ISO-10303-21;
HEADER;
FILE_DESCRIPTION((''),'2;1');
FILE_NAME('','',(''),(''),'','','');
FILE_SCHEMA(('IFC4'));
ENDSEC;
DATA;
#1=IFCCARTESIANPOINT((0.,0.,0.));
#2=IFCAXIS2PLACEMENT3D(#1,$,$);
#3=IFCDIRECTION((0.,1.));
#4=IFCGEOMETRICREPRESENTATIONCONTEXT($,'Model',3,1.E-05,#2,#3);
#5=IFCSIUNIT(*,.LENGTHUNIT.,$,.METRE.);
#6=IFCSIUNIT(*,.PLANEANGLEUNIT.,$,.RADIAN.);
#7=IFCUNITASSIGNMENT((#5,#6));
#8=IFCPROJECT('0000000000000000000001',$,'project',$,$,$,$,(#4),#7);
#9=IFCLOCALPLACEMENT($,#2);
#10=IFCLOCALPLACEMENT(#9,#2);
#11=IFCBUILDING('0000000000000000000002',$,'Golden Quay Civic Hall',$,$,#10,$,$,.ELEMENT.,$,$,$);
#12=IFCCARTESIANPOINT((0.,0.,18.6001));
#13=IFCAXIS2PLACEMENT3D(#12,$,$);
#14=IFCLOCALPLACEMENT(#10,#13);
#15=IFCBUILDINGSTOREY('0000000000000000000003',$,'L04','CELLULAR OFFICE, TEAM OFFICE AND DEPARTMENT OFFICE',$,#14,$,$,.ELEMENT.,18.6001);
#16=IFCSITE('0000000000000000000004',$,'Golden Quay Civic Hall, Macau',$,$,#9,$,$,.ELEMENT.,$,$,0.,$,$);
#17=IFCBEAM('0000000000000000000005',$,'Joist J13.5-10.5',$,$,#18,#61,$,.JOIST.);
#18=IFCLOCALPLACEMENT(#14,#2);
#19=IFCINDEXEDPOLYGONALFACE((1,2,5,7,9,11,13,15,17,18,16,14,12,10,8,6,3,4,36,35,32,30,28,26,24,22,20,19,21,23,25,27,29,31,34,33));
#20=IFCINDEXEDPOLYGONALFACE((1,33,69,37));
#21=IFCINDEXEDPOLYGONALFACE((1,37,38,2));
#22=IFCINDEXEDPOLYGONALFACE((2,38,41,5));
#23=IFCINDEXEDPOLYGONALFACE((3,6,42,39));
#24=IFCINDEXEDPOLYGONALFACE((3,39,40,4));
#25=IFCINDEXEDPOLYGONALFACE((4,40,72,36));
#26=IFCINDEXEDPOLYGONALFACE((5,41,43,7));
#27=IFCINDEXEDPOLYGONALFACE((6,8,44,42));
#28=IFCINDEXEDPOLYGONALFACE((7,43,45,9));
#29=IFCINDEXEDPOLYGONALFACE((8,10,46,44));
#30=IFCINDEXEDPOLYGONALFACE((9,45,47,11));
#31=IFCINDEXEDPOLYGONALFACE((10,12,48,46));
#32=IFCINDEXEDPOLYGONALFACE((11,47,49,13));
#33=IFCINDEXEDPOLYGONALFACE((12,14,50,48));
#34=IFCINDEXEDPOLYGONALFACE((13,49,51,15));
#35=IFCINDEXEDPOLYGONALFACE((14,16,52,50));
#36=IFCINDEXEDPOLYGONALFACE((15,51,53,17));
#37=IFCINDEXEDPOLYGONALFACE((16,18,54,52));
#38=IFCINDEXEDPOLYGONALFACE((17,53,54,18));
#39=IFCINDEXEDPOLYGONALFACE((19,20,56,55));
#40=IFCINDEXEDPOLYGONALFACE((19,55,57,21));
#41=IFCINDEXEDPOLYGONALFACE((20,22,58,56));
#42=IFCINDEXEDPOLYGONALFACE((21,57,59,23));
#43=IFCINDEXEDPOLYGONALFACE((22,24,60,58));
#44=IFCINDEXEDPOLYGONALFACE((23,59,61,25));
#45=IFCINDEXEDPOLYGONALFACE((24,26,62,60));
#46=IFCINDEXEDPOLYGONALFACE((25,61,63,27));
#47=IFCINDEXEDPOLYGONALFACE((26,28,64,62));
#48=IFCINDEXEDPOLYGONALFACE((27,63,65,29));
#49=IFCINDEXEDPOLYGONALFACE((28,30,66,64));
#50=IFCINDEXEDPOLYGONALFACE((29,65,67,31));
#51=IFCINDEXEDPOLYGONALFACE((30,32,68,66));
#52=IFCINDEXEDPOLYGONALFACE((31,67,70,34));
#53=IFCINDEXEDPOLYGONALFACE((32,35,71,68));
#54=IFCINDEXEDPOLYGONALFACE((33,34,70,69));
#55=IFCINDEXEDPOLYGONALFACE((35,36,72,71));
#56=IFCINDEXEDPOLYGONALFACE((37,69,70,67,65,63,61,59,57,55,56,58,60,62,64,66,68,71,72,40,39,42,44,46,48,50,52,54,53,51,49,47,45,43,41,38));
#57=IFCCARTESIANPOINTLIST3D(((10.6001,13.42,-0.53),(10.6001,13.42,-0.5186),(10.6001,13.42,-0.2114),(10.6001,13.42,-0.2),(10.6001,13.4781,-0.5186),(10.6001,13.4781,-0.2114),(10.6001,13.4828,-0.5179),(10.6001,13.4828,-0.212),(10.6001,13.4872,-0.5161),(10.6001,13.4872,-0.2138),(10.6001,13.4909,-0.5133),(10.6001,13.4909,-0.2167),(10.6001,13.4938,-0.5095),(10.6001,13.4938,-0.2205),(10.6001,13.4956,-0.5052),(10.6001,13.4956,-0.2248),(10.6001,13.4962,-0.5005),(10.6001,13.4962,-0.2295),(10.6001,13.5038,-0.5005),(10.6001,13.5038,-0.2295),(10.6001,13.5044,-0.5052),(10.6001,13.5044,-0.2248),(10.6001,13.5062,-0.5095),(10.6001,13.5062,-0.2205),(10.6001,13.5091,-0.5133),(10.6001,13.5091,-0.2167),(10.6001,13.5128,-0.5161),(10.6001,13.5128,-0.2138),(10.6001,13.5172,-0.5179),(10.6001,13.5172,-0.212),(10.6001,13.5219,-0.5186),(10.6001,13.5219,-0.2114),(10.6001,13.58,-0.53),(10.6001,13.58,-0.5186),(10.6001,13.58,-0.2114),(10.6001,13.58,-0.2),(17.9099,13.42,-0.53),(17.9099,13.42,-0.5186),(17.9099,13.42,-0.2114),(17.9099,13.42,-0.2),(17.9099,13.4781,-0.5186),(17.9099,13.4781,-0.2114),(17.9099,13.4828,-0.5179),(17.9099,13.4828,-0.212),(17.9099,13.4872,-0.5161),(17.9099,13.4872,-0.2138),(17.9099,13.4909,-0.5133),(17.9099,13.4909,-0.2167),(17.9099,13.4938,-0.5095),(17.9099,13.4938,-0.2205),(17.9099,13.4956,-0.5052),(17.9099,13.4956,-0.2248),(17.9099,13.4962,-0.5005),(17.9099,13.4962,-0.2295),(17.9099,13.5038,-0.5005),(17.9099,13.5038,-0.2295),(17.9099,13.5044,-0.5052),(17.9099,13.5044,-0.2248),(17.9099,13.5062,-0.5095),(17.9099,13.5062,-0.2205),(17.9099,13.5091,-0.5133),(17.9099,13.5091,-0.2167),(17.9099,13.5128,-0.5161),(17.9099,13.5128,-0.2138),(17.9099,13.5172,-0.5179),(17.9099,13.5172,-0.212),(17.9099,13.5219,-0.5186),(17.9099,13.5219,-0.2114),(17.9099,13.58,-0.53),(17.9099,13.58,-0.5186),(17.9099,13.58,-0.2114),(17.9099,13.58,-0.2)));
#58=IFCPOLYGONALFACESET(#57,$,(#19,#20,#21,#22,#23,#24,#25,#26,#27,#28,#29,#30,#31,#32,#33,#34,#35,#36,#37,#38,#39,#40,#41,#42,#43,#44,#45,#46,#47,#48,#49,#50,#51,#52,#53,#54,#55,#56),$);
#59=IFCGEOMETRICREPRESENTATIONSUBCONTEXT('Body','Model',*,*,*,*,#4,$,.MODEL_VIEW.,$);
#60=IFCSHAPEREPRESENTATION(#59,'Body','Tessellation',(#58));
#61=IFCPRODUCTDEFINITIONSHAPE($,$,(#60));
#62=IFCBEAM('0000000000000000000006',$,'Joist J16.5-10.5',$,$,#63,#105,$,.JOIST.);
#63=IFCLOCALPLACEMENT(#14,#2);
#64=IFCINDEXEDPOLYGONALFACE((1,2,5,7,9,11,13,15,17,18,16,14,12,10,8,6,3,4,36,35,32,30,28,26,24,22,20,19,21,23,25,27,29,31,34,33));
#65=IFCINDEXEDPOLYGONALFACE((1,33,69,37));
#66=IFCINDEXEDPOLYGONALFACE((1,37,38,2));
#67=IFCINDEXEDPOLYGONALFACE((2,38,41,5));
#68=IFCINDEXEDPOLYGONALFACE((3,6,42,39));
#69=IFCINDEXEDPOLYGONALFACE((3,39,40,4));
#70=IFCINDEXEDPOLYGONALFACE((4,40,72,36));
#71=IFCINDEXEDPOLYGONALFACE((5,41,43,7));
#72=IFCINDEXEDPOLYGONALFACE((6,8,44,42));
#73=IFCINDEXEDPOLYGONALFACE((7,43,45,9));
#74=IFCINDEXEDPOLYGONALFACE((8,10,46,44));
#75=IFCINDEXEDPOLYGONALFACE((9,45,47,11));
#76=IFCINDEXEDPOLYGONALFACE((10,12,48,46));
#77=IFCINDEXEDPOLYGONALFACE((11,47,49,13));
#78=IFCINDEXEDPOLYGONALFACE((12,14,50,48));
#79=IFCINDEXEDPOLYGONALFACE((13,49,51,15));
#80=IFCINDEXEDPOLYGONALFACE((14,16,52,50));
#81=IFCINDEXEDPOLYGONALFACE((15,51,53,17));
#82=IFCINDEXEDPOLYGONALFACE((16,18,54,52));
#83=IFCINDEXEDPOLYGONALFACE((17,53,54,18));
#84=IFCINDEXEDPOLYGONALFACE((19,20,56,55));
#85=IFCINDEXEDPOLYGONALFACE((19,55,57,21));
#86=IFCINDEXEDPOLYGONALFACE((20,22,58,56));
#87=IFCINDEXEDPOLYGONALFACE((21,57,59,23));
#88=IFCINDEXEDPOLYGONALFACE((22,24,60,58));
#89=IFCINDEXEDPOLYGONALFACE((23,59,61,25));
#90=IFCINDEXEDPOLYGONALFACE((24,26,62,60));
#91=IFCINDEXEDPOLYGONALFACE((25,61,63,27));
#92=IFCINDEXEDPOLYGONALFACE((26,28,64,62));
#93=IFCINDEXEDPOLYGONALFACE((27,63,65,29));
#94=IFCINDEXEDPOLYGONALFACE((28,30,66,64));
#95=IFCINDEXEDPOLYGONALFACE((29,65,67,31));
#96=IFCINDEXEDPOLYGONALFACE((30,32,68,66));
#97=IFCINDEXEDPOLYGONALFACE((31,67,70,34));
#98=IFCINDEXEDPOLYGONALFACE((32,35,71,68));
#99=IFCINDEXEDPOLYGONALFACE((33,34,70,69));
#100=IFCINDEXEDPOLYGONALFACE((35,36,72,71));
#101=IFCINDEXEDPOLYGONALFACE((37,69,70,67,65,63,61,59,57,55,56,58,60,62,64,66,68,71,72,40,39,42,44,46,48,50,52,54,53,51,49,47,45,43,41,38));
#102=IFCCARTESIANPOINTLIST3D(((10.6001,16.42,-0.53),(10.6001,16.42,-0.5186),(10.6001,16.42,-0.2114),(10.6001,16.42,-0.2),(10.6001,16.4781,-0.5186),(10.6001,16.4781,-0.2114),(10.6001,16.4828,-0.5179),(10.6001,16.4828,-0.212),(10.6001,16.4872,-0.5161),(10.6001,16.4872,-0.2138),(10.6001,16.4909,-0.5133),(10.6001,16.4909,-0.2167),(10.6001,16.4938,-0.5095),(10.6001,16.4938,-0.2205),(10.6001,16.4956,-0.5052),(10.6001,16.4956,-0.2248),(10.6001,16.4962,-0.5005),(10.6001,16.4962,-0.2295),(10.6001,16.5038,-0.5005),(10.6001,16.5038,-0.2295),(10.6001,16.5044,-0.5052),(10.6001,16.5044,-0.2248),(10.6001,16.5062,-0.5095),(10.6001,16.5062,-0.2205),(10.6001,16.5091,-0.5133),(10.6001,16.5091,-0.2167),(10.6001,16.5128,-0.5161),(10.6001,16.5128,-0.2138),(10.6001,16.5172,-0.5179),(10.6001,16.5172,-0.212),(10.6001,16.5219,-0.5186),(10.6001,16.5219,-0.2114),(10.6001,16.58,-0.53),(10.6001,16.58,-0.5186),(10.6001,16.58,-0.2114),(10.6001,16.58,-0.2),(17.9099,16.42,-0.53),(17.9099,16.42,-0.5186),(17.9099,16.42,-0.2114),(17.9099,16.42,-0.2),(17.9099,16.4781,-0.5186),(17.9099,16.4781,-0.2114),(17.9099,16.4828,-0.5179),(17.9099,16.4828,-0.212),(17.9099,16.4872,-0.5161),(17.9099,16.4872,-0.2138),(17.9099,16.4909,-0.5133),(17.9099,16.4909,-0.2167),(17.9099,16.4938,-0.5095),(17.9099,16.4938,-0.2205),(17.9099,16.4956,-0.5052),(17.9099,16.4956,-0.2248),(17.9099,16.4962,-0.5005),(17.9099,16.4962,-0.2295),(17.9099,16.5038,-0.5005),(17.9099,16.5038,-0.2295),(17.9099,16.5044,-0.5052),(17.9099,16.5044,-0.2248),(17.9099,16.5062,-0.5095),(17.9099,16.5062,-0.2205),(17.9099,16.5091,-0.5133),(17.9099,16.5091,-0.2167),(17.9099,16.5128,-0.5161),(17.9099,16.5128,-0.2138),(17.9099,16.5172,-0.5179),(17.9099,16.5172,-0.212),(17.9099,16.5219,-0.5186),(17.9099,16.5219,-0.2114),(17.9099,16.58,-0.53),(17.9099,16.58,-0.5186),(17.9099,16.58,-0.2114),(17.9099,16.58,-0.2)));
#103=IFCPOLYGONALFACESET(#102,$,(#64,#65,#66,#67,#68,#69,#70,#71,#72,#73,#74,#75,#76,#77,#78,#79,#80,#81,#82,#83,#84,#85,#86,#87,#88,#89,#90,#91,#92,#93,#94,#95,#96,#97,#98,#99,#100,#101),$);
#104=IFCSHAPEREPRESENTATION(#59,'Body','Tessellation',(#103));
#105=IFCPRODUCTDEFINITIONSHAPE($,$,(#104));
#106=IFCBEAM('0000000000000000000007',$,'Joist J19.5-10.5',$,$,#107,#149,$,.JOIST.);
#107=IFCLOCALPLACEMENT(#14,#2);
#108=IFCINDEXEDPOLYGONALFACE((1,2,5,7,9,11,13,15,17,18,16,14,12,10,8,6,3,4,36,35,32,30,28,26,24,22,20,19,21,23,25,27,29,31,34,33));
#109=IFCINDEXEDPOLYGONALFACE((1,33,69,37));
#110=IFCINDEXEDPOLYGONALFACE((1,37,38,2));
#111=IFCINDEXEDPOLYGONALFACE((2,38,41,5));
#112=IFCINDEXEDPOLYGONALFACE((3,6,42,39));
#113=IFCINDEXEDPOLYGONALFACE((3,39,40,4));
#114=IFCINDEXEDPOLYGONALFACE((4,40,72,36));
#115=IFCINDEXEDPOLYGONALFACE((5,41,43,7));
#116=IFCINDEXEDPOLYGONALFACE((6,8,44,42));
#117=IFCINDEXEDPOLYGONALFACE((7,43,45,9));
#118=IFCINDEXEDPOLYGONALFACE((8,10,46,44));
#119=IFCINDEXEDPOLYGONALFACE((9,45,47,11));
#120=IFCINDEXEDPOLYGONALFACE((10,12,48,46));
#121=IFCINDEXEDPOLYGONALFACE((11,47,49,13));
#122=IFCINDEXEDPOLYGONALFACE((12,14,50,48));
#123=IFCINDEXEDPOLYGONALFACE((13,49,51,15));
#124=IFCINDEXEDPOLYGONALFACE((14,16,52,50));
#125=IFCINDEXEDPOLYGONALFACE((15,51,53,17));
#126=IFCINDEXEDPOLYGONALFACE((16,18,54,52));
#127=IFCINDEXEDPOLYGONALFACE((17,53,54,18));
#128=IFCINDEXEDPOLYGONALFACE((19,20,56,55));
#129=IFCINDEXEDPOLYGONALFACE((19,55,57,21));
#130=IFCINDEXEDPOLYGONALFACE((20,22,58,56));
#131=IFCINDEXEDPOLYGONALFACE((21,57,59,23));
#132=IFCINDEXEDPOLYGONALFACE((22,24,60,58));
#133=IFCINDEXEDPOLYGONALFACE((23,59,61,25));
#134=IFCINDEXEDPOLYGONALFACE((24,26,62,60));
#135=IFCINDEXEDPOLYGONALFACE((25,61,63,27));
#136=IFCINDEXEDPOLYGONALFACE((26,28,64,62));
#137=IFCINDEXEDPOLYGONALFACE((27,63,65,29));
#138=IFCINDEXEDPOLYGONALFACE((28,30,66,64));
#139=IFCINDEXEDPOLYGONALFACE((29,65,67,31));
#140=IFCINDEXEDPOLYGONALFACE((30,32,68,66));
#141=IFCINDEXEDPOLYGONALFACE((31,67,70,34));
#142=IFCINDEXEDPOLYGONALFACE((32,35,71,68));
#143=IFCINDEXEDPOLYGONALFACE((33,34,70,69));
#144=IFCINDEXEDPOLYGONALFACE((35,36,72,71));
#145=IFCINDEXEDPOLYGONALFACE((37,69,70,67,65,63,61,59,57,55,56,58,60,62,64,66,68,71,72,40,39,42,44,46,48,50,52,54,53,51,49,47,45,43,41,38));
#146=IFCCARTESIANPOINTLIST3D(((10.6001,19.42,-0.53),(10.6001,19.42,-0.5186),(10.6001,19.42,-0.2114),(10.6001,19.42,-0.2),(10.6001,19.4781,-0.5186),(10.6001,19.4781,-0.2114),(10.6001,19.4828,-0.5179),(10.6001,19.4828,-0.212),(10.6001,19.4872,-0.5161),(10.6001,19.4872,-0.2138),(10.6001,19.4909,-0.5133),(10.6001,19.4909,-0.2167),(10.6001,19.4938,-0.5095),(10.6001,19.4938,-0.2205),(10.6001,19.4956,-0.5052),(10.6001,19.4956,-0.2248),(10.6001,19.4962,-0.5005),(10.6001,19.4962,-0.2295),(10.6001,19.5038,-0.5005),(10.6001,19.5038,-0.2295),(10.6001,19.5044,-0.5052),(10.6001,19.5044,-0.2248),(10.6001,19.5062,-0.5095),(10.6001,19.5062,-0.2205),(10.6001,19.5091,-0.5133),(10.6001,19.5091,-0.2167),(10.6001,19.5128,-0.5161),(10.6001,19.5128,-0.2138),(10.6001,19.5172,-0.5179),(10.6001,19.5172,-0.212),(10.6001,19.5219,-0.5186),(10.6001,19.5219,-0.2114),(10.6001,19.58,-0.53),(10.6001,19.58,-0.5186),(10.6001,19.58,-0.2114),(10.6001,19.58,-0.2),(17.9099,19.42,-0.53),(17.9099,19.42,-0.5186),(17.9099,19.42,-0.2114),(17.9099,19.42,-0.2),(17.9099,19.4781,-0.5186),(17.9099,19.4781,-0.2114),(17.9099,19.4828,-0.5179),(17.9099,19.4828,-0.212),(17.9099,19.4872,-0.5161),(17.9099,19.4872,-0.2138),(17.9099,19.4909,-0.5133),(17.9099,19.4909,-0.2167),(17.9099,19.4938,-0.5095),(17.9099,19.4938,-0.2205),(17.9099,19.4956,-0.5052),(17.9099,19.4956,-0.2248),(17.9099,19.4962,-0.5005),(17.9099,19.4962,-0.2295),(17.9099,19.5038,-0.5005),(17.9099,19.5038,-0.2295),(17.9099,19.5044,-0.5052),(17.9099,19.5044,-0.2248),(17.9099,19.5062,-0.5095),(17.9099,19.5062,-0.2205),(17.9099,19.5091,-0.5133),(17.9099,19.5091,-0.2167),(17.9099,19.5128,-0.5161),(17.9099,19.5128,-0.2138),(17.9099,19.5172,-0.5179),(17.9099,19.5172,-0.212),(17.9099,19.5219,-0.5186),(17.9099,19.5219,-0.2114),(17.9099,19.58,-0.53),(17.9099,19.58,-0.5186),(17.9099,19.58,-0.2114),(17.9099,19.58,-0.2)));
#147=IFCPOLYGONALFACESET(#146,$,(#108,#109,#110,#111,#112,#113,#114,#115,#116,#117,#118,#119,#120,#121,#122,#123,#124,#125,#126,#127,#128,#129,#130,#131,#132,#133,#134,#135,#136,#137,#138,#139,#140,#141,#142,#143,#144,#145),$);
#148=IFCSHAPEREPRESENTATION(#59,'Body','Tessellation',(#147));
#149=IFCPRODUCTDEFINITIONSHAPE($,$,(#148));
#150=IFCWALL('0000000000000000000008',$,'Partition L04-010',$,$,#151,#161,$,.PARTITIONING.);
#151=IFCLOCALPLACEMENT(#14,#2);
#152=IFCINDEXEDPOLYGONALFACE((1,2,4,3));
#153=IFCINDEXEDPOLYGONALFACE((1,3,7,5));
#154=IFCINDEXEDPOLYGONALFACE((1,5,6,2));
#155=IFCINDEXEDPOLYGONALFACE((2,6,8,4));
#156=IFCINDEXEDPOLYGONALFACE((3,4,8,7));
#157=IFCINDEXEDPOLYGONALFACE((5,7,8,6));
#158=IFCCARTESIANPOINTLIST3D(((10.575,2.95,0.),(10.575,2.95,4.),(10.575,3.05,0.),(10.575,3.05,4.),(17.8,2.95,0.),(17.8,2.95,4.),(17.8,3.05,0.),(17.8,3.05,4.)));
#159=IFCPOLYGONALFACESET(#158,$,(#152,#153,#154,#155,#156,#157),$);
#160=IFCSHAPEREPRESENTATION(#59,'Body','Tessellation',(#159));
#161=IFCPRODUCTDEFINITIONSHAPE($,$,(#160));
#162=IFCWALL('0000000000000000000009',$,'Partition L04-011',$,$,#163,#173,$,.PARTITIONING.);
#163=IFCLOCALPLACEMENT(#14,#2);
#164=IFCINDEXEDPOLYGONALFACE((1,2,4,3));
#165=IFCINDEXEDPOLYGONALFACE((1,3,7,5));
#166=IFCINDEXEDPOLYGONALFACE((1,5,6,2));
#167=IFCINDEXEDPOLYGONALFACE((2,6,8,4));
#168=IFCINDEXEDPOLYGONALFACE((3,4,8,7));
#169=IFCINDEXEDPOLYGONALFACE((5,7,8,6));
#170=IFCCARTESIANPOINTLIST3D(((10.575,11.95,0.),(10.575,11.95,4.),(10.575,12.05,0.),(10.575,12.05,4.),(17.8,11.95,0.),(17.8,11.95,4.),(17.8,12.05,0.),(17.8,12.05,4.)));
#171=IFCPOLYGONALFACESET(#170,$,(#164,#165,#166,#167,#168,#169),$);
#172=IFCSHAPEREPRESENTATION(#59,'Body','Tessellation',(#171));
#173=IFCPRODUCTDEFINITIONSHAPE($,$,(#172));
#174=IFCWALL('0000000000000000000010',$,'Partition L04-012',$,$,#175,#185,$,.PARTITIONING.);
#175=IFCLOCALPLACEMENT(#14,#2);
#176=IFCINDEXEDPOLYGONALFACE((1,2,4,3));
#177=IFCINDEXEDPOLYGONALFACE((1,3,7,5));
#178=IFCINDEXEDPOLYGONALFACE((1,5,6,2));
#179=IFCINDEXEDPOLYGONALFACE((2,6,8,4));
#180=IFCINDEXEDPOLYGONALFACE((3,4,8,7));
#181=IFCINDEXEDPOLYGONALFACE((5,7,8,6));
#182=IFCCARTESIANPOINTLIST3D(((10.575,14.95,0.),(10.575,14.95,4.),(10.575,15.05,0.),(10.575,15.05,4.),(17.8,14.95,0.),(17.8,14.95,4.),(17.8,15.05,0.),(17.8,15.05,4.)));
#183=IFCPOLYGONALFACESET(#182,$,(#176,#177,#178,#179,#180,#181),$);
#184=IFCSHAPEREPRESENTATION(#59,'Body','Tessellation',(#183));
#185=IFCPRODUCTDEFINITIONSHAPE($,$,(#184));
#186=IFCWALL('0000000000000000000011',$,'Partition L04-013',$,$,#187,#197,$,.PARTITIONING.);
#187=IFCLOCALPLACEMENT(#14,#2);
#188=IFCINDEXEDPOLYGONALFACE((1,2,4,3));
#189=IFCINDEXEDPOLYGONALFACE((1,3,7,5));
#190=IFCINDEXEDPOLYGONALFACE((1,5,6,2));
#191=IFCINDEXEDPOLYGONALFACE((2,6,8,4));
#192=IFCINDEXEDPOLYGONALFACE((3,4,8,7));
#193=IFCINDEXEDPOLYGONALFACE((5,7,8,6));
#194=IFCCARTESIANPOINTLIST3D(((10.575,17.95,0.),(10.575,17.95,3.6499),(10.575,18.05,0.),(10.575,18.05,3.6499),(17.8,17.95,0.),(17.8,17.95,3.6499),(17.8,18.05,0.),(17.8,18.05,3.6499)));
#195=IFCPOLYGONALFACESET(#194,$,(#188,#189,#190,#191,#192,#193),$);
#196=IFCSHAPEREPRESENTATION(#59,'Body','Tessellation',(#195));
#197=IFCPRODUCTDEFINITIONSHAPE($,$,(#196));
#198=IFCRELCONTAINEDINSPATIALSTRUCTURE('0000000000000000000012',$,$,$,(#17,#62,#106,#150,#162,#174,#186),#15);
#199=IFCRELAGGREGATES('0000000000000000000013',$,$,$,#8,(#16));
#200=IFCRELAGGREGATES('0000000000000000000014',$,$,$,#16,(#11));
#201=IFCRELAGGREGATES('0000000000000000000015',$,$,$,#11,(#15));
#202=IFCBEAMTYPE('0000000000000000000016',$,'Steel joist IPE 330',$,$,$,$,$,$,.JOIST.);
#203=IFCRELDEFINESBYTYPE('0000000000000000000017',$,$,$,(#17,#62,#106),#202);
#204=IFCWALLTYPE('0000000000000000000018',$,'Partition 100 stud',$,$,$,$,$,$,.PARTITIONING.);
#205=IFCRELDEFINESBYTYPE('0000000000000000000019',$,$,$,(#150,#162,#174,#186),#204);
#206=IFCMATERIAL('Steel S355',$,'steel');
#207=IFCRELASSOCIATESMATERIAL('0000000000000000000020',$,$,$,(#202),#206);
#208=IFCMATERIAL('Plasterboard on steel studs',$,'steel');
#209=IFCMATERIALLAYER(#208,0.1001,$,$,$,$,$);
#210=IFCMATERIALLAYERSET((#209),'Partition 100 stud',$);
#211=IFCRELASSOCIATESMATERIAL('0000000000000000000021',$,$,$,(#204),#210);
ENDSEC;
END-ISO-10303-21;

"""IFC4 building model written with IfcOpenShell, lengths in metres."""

from ifc_helpers import new_model, si_unit, direction, frame, frame_2d, origin, origin_2d, place, context, subcontext, project, spatial, rectangle, i_section, extrude, material, layer, layer_set, material_profile, profile_set, type_object, element, save


model = new_model("IFC4")

# Units and contexts
model_context = context("Model", 3, precision=1e-05, world=origin(), true_north=direction((0.0, 1.0)))
body_context = subcontext(model_context, "Body", "Model", "MODEL_VIEW")
ifc_project = project(units=[si_unit("LENGTHUNIT", "METRE"), si_unit("PLANEANGLEUNIT", "RADIAN")], contexts=[model_context])

# Site, building, storey
site_placement = place(None, origin())
site = spatial("IfcSite", under=ifc_project, at=site_placement, Name="Golden Quay Civic Hall, Macau", CompositionType="ELEMENT", RefElevation=0.0)
building_placement = place(site_placement, origin())
building = spatial("IfcBuilding", under=site, at=building_placement, Name="Golden Quay Civic Hall", CompositionType="ELEMENT")
storey_placement = place(building_placement, frame((0.0, 0.0, 18.6001)))
storey = spatial("IfcBuildingStorey", under=building, at=storey_placement, Name="L04", Description="CELLULAR OFFICE, TEAM OFFICE AND DEPARTMENT OFFICE", CompositionType="ELEMENT", Elevation=18.6001)

# Beams
ifc_material_1 = material(Name="Steel S355", Category="steel")
ifc_material_profile_1 = material_profile(ifc_material_1, i_section(OverallWidth=0.1599, OverallDepth=0.3301, WebThickness=0.0076, FlangeThickness=0.0115, FilletRadius=0.0181, at=origin_2d()), Name="IPE 330")
ifc_profile_set_1 = profile_set([ifc_material_profile_1], Name="Steel S355")
beam_type_1 = type_object("IfcBeamType", Name="Steel joist IPE 330", PredefinedType="JOIST", material=ifc_profile_set_1)
for number, where, z_axis, x_axis, name in (
    (1, (10.6001, 13.5, -0.365), (1.0, 0.0, 0.0), (0.0, 1.0, 0.0), "Joist J13.5-10.5"),
    (2, (10.6001, 16.5, -0.365), (1.0, 0.0, 0.0), (0.0, 1.0, 0.0), "Joist J16.5-10.5"),
    (3, (10.6001, 19.5, -0.365), (1.0, 0.0, 0.0), (0.0, 1.0, 0.0), "Joist J19.5-10.5"),
):
    element("IfcBeam", number, at=place(storey_placement, frame(where, z_axis=z_axis, x_axis=x_axis)), inside=storey, type_object=beam_type_1, Name=name, PredefinedType="JOIST", context=body_context, shape_type="SweptSolid", body=[
        extrude(i_section(OverallWidth=0.1599, OverallDepth=0.3301, WebThickness=0.0076, FlangeThickness=0.0115, FilletRadius=0.0181, at=origin_2d()), origin(), (0.0, 0.0, 1.0), 7.3098),
    ])

# Walls
ifc_material_2 = material(Name="Plasterboard on steel studs", Category="steel")
ifc_layer = layer(ifc_material_2, 0.1001)
ifc_layer_set = layer_set([ifc_layer], Name="Partition 100 stud")
wall_type = type_object("IfcWallType", Name="Partition 100 stud", PredefinedType="PARTITIONING", material=ifc_layer_set)
for number, where, z_axis, x_axis, name in (
    (4, (10.575, 3.0, 0.0), (0.0, 0.0, 1.0), (1.0, 0.0, 0.0), "Partition L04-010"),
    (5, (10.575, 12.0, 0.0), (0.0, 0.0, 1.0), (1.0, 0.0, 0.0), "Partition L04-011"),
    (6, (10.575, 15.0, 0.0), (0.0, 0.0, 1.0), (1.0, 0.0, 0.0), "Partition L04-012"),
):
    element("IfcWall", number, at=place(storey_placement, frame(where, z_axis=z_axis, x_axis=x_axis)), inside=storey, type_object=wall_type, Name=name, PredefinedType="PARTITIONING", context=body_context, shape_type="SweptSolid", body=[
        extrude(rectangle(XDim=7.2251, YDim=0.1001, at=frame_2d((3.6125, 0.0))), origin(), (0.0, 0.0, 1.0), 4.0),
    ])
wall_placement = place(storey_placement, frame((10.575, 18.0, 0.0), z_axis=(0.0, 0.0, 1.0), x_axis=(1.0, 0.0, 0.0)))
element("IfcWall", 7, at=wall_placement, inside=storey, type_object=wall_type, Name="Partition L04-013", PredefinedType="PARTITIONING", context=body_context, shape_type="SweptSolid", body=[
    extrude(rectangle(XDim=7.2251, YDim=0.1001, at=frame_2d((3.6125, 0.0))), origin(), (0.0, 0.0, 1.0), 3.6499),
])

save(model, "model.ifc")
